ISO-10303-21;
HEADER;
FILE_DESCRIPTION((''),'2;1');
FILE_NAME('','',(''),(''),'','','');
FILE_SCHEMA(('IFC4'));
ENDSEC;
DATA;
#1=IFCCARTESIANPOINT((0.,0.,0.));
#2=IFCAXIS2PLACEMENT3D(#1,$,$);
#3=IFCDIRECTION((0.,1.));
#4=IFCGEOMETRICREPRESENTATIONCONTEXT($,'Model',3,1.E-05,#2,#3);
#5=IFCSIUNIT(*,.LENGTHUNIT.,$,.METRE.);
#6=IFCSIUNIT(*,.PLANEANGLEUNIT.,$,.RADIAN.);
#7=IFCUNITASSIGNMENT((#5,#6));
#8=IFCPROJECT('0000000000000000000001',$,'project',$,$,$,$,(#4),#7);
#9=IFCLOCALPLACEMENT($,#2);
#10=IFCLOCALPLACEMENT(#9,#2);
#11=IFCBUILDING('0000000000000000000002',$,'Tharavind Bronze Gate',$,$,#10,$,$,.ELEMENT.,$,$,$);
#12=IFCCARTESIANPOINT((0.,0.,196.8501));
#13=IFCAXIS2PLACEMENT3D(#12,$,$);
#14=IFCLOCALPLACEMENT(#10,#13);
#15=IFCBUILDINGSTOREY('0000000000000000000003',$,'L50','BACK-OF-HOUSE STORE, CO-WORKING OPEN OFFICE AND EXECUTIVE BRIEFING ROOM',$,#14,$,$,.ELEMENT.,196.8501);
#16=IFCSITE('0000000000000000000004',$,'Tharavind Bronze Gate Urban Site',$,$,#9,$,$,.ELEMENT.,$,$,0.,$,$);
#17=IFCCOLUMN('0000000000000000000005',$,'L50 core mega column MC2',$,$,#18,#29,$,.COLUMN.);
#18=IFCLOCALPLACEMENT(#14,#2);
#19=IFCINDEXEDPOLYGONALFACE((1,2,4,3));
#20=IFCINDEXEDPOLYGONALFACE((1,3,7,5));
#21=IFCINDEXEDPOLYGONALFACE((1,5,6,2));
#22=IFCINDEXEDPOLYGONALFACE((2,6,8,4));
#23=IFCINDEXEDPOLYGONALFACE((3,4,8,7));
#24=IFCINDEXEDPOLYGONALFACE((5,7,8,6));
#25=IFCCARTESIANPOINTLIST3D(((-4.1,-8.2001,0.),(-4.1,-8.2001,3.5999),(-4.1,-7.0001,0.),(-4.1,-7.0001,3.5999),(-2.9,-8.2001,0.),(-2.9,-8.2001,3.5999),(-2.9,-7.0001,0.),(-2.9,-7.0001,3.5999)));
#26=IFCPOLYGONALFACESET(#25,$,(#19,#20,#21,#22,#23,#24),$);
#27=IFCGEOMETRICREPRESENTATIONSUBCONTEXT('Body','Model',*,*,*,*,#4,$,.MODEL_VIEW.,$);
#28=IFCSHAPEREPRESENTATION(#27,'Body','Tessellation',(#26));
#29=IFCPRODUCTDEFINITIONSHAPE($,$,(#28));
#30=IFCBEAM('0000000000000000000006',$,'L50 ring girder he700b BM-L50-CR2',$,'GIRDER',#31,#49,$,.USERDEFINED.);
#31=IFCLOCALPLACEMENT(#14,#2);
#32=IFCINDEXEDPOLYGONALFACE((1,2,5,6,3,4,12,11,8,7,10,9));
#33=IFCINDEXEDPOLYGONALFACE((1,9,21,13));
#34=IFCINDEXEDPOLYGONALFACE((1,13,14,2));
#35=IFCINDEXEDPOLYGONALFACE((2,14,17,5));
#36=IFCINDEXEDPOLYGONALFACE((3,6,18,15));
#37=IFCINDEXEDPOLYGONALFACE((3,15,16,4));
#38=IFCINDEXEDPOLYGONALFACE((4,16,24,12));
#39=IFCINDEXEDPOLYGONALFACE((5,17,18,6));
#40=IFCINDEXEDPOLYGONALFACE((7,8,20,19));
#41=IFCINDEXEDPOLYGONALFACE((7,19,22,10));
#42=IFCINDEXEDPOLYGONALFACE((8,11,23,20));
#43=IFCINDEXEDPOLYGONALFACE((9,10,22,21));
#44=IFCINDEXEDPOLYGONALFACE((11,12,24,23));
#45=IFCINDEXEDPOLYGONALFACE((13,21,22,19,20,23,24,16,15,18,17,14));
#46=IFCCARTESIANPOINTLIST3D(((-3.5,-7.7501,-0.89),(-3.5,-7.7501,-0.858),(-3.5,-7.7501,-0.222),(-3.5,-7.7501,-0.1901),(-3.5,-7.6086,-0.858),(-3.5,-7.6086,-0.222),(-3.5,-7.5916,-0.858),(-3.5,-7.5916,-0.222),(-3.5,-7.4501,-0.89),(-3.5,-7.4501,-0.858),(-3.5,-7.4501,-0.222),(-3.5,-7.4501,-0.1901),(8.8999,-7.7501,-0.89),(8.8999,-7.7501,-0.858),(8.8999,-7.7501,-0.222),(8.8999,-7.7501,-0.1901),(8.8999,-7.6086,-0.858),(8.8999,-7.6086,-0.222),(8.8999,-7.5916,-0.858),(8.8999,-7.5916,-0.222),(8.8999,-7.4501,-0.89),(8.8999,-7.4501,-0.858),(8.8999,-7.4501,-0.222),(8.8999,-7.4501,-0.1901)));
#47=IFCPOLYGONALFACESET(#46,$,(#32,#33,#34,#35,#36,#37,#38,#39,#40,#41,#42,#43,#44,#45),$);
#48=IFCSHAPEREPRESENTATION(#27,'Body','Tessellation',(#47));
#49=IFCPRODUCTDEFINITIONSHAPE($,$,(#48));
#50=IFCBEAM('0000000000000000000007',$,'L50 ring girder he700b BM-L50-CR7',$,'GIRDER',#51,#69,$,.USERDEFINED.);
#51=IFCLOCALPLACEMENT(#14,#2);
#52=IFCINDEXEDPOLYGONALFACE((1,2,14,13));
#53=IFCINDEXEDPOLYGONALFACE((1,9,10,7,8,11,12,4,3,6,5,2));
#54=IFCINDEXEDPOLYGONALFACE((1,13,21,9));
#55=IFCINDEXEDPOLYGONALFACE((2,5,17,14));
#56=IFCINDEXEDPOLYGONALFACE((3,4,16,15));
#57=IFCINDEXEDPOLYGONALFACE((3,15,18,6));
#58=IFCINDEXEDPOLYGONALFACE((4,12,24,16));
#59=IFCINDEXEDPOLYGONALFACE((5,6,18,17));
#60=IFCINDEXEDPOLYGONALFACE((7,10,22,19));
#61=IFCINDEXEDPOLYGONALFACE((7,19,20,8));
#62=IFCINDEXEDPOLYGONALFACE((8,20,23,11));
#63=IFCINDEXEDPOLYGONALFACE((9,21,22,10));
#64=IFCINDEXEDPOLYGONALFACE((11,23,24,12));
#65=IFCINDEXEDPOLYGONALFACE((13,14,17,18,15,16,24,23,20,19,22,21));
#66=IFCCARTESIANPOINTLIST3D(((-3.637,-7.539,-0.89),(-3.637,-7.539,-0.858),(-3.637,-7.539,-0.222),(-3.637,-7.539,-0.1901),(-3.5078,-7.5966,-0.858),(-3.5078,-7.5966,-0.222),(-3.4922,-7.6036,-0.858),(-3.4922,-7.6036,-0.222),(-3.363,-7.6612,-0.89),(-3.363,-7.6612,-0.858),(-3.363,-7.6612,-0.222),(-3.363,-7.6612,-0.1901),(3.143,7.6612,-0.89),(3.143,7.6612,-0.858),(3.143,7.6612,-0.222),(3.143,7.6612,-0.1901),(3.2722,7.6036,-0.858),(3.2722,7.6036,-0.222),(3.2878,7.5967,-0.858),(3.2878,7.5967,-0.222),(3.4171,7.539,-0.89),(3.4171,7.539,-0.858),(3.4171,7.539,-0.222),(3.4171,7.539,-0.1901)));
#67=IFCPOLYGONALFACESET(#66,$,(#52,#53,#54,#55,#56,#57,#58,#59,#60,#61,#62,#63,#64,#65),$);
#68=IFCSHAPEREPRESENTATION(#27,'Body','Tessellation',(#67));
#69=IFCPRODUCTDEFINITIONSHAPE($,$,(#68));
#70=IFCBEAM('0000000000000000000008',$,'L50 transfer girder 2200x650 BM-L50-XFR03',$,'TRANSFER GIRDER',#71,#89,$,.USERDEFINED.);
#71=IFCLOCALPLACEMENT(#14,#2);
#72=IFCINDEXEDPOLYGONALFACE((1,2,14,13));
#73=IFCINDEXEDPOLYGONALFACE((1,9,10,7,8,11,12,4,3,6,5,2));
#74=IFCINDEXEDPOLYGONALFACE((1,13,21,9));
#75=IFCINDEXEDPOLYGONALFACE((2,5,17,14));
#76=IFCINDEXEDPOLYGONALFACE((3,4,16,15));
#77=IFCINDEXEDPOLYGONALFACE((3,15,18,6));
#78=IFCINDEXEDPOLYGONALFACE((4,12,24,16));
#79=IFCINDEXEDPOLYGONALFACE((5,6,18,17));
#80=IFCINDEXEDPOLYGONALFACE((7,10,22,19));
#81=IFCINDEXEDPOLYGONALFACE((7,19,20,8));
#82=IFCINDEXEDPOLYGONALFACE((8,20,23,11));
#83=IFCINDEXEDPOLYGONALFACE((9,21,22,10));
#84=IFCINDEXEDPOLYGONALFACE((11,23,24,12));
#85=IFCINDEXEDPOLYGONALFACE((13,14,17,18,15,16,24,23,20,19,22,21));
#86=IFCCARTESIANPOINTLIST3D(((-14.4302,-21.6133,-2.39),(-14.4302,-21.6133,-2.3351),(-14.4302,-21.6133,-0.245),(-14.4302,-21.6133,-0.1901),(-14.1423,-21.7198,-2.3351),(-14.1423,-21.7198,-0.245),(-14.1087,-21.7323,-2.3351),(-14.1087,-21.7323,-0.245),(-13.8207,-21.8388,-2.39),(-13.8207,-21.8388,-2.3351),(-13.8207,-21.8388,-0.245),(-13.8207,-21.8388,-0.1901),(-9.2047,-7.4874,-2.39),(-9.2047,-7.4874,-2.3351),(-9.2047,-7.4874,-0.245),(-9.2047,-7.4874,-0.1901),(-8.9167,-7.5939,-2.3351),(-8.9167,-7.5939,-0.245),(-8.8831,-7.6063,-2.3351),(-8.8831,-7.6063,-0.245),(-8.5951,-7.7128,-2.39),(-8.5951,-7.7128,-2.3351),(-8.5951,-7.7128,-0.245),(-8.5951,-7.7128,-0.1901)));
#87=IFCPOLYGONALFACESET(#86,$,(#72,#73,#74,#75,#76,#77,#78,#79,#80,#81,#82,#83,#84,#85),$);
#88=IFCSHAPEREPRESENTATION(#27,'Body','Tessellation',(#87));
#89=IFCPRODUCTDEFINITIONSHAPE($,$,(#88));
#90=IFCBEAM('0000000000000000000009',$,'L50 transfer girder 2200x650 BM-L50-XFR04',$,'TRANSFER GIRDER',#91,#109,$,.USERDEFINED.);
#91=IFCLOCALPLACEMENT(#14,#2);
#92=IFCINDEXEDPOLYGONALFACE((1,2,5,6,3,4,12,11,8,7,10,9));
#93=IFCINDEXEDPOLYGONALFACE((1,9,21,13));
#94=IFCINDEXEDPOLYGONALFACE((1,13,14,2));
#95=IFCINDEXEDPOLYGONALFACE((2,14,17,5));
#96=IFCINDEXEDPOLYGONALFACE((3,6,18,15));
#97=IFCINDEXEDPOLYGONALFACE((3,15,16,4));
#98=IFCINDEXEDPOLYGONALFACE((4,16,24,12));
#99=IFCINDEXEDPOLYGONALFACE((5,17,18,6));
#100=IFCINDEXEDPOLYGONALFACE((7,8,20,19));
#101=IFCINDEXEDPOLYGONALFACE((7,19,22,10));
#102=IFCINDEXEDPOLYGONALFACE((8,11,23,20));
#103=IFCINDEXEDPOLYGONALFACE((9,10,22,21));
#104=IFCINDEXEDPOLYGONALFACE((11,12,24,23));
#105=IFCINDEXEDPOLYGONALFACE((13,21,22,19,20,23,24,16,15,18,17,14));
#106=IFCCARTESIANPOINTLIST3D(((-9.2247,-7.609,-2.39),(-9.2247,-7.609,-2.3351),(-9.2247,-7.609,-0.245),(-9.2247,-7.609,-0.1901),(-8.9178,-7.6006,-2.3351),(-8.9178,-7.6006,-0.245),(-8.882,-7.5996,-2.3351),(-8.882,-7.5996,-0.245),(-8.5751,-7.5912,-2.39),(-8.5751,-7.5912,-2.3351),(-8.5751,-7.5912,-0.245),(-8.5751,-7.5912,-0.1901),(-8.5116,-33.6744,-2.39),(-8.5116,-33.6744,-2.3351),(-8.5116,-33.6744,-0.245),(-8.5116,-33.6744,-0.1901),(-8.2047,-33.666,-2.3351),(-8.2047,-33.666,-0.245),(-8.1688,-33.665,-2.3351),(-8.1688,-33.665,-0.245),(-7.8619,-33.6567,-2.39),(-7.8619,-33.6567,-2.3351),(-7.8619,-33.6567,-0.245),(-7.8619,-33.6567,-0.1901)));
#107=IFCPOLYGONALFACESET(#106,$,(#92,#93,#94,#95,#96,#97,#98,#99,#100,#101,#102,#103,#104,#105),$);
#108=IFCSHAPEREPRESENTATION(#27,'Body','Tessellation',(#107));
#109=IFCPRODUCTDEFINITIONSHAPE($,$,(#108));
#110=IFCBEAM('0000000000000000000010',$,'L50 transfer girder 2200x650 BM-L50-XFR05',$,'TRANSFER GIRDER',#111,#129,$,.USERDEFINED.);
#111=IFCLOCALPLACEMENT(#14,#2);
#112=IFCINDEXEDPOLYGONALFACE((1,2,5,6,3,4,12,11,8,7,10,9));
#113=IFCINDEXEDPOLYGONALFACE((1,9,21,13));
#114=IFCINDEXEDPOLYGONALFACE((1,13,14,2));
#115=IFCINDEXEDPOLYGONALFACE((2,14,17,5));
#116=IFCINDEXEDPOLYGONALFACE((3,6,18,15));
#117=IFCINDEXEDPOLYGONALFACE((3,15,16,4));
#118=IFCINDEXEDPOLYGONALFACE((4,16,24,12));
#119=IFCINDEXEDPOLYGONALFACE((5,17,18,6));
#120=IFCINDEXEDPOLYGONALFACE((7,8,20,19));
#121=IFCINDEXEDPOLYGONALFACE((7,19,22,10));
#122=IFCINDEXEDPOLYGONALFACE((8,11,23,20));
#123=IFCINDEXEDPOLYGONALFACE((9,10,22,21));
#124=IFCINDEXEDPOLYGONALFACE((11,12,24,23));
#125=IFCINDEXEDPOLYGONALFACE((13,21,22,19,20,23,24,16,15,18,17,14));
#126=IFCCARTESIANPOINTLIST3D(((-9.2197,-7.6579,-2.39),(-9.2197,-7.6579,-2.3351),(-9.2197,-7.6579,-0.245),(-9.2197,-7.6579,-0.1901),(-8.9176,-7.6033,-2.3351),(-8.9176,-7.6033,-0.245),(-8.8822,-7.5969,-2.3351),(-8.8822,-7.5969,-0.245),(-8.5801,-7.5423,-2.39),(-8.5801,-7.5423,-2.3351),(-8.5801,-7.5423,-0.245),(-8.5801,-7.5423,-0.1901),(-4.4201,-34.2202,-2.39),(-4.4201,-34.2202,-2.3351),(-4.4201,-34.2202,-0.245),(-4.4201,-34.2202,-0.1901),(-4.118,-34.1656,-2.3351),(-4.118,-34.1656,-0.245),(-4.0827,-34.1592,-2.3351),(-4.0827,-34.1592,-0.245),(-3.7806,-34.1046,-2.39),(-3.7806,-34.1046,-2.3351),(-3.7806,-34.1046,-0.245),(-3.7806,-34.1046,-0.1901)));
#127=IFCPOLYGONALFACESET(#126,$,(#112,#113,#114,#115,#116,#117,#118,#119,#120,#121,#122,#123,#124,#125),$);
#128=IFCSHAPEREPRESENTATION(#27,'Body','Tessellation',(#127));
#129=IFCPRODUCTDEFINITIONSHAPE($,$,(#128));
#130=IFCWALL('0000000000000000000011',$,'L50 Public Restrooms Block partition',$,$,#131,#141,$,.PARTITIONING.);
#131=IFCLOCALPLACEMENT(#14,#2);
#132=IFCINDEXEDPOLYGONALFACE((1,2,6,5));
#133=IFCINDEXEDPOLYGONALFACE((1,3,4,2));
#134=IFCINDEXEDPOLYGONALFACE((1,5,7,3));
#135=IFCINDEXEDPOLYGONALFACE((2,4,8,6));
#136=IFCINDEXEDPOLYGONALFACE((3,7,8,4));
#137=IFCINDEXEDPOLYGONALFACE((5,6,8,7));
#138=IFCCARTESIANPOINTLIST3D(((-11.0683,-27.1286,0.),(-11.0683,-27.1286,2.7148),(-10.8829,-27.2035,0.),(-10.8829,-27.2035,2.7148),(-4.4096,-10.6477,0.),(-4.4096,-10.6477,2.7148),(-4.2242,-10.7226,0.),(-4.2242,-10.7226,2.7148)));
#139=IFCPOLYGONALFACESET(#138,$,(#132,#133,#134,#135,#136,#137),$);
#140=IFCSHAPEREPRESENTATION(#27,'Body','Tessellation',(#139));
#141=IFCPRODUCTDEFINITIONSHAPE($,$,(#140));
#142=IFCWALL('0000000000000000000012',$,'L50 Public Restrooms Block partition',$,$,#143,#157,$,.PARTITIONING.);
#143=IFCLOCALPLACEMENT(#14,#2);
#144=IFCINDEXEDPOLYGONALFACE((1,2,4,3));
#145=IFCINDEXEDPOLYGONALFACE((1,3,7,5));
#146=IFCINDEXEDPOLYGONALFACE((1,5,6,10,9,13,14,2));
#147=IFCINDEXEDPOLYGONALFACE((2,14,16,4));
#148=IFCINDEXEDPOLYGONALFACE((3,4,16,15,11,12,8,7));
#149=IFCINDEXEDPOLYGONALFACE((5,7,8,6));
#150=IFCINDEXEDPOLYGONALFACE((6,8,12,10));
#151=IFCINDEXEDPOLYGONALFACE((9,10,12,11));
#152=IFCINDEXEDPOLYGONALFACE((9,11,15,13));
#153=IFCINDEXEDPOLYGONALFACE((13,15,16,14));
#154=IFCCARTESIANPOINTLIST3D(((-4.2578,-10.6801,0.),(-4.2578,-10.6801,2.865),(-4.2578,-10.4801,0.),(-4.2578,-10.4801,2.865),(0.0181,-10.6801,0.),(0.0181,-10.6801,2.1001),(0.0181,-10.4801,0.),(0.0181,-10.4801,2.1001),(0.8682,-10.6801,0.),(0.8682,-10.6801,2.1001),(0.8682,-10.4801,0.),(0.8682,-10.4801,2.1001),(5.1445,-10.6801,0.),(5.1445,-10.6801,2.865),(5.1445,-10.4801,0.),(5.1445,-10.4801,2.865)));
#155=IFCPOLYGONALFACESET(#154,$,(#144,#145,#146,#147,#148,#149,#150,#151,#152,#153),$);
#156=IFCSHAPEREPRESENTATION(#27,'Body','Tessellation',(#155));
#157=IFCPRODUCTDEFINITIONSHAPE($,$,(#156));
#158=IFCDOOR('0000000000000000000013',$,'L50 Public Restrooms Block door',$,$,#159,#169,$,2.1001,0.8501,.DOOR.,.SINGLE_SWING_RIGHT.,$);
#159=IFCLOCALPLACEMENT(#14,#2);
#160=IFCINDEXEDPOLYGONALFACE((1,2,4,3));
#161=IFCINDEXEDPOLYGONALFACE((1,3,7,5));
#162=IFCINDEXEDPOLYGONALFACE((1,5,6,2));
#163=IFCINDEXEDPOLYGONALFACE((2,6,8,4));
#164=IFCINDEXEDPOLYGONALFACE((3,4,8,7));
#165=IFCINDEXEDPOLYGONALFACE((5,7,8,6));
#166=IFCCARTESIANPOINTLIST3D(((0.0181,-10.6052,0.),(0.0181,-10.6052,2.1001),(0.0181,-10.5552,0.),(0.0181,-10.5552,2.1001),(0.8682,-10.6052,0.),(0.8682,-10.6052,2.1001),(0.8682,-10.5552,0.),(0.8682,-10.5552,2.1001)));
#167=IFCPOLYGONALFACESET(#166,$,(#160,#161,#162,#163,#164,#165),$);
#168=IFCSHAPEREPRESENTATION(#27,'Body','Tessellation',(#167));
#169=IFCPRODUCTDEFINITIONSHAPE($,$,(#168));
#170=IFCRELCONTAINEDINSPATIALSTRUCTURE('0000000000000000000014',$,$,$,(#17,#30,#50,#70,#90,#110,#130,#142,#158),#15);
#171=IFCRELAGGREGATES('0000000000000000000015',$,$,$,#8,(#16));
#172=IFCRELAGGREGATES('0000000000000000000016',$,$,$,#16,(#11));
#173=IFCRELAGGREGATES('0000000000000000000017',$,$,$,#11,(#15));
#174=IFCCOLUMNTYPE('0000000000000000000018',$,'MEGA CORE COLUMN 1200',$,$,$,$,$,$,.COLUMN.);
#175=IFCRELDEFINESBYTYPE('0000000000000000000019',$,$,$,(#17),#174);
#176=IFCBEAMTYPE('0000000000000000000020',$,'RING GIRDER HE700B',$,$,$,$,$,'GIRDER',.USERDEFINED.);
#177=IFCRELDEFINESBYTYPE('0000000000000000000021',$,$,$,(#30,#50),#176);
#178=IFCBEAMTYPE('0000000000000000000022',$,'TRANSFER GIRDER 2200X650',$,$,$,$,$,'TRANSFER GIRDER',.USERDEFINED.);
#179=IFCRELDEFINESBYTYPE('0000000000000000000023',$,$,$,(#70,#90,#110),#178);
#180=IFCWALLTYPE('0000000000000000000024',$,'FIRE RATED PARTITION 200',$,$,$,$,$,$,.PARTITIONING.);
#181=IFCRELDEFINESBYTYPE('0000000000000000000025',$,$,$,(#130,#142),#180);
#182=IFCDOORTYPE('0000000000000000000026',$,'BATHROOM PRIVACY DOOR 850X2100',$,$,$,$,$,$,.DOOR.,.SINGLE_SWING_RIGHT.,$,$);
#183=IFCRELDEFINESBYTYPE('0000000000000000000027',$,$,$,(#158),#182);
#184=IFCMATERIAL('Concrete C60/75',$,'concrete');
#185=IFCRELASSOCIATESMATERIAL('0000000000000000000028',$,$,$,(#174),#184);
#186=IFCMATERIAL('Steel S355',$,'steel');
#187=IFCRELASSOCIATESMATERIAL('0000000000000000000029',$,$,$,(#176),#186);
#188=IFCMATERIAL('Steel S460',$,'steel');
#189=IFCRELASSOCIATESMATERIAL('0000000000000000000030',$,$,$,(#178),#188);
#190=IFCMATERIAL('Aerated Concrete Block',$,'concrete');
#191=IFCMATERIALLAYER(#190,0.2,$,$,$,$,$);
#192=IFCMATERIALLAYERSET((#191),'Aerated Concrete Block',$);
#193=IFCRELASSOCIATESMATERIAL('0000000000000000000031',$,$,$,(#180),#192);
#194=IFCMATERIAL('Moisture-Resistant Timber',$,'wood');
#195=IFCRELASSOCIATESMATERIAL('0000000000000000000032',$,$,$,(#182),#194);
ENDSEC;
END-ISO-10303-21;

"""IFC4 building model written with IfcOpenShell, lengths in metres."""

from ifc_helpers import new_model, si_unit, direction, frame, frame_2d, origin, origin_2d, place, context, subcontext, project, spatial, rectangle, i_section, extrude, material, layer, layer_set, material_profile, profile_set, type_object, element, fill, save


model = new_model("IFC4")

# Units and contexts
model_context = context("Model", 3, precision=1e-05, world=origin(), true_north=direction((0.0, 1.0)))
body_context = subcontext(model_context, "Body", "Model", "MODEL_VIEW")
ifc_project = project(units=[si_unit("LENGTHUNIT", "METRE"), si_unit("PLANEANGLEUNIT", "RADIAN")], contexts=[model_context])

# Site, building, storey
site_placement = place(None, origin())
site = spatial("IfcSite", under=ifc_project, at=site_placement, Name="Tharavind Bronze Gate Urban Site", CompositionType="ELEMENT", RefElevation=0.0)
building_placement = place(site_placement, origin())
building = spatial("IfcBuilding", under=site, at=building_placement, Name="Tharavind Bronze Gate", CompositionType="ELEMENT")
storey_placement = place(building_placement, frame((0.0, 0.0, 196.8501)))
storey = spatial("IfcBuildingStorey", under=building, at=storey_placement, Name="L50", Description="BACK-OF-HOUSE STORE, CO-WORKING OPEN OFFICE AND EXECUTIVE BRIEFING ROOM", CompositionType="ELEMENT", Elevation=196.8501)

# Column
ifc_material_1 = material(Name="Concrete C60/75", Category="concrete")
ifc_material_profile_1 = material_profile(ifc_material_1, rectangle(XDim=1.2, YDim=1.2, at=origin_2d()), Name="RCCOL1200")
ifc_profile_set_1 = profile_set([ifc_material_profile_1], Name="Concrete C60/75")
column_type = type_object("IfcColumnType", Name="MEGA CORE COLUMN 1200", PredefinedType="COLUMN", material=ifc_profile_set_1)
column_placement = place(storey_placement, frame((-3.5, -7.6001, 0.0), z_axis=(0.0, 0.0, 1.0), x_axis=(1.0, 0.0, 0.0)))
element("IfcColumn", 1, at=column_placement, inside=storey, type_object=column_type, Name="L50 core mega column MC2", PredefinedType="COLUMN", context=body_context, shape_type="SweptSolid", body=[
    extrude(rectangle(XDim=1.2, YDim=1.2, at=origin_2d()), origin(), (0.0, 0.0, 1.0), 3.5999),
])

# Beams
ifc_material_2 = material(Name="Steel S355", Category="steel")
ifc_material_profile_2 = material_profile(ifc_material_2, i_section(OverallWidth=0.3, OverallDepth=0.7, WebThickness=0.0171, FlangeThickness=0.032, at=origin_2d()), Name="HE700B")
ifc_profile_set_2 = profile_set([ifc_material_profile_2], Name="Steel S355")
beam_type_1 = type_object("IfcBeamType", Name="RING GIRDER HE700B", ElementType="GIRDER", PredefinedType="USERDEFINED", material=ifc_profile_set_2)
beam_1_placement = place(storey_placement, frame((-3.5, -7.6001, -0.54), z_axis=(1.0, 0.0, 0.0), x_axis=(0.0, 1.0, 0.0)))
element("IfcBeam", 2, at=beam_1_placement, inside=storey, type_object=beam_type_1, Name="L50 ring girder he700b BM-L50-CR2", ObjectType="GIRDER", PredefinedType="USERDEFINED", context=body_context, shape_type="SweptSolid", body=[
    extrude(i_section(OverallWidth=0.3, OverallDepth=0.7, WebThickness=0.0171, FlangeThickness=0.032, at=origin_2d()), origin(), (0.0, 0.0, 1.0), 12.3999),
])
beam_2_placement = place(storey_placement, frame((-3.5, -7.6001, -0.54), z_axis=(0.407362, 0.913267, 0.0), x_axis=(-0.913267, 0.407362, 0.0)))
element("IfcBeam", 3, at=beam_2_placement, inside=storey, type_object=beam_type_1, Name="L50 ring girder he700b BM-L50-CR7", ObjectType="GIRDER", PredefinedType="USERDEFINED", context=body_context, shape_type="SweptSolid", body=[
    extrude(i_section(OverallWidth=0.3, OverallDepth=0.7, WebThickness=0.0171, FlangeThickness=0.032, at=origin_2d()), origin(), (0.0, 0.0, 1.0), 16.6438),
])
ifc_material_3 = material(Name="Steel S460", Category="steel")
ifc_material_profile_3 = material_profile(ifc_material_3, i_section(OverallWidth=0.6499, OverallDepth=2.2, WebThickness=0.0359, FlangeThickness=0.0549, at=origin_2d()), Name="PG2200X650")
ifc_profile_set_3 = profile_set([ifc_material_profile_3], Name="Steel S460")
beam_type_2 = type_object("IfcBeamType", Name="TRANSFER GIRDER 2200X650", ElementType="TRANSFER GIRDER", PredefinedType="USERDEFINED", material=ifc_profile_set_3)
beam_3_placement = place(storey_placement, frame((-8.8999, -7.6001, -1.29), z_axis=(-0.346949, -0.937884, 0.0), x_axis=(0.937884, -0.346949, 0.0)))
element("IfcBeam", 4, at=beam_3_placement, inside=storey, type_object=beam_type_2, Name="L50 transfer girder 2200x650 BM-L50-XFR03", ObjectType="TRANSFER GIRDER", PredefinedType="USERDEFINED", context=body_context, shape_type="SweptSolid", body=[
    extrude(i_section(OverallWidth=0.6499, OverallDepth=2.2, WebThickness=0.0359, FlangeThickness=0.0549, at=origin_2d()), origin(), (0.0, 0.0, 1.0), 15.0615),
])
beam_4_placement = place(storey_placement, frame((-8.8999, -7.6001, -1.29), z_axis=(0.027349, -0.999626, 0.0), x_axis=(0.999626, 0.027349, 0.0)))
element("IfcBeam", 5, at=beam_4_placement, inside=storey, type_object=beam_type_2, Name="L50 transfer girder 2200x650 BM-L50-XFR04", ObjectType="TRANSFER GIRDER", PredefinedType="USERDEFINED", context=body_context, shape_type="SweptSolid", body=[
    extrude(i_section(OverallWidth=0.6499, OverallDepth=2.2, WebThickness=0.0359, FlangeThickness=0.0549, at=origin_2d()), origin(), (0.0, 0.0, 1.0), 26.0752),
])
beam_5_placement = place(storey_placement, frame((-8.8999, -7.6001, -1.29), z_axis=(0.177812, -0.984065, 0.0), x_axis=(0.984065, 0.177812, 0.0)))
element("IfcBeam", 6, at=beam_5_placement, inside=storey, type_object=beam_type_2, Name="L50 transfer girder 2200x650 BM-L50-XFR05", ObjectType="TRANSFER GIRDER", PredefinedType="USERDEFINED", context=body_context, shape_type="SweptSolid", body=[
    extrude(i_section(OverallWidth=0.6499, OverallDepth=2.2, WebThickness=0.0359, FlangeThickness=0.0549, at=origin_2d()), origin(), (0.0, 0.0, 1.0), 26.9924),
])

# Wall
ifc_material_4 = material(Name="Aerated Concrete Block", Category="concrete")
ifc_layer_1 = layer(ifc_material_4, 0.2)
ifc_layer_set_1 = layer_set([ifc_layer_1], Name="Aerated Concrete Block")
wall_type_1 = type_object("IfcWallType", Name="FIRE RATED PARTITION 200", PredefinedType="PARTITIONING", material=ifc_layer_set_1)
wall_1_placement = place(storey_placement, frame((-4.3169, -10.6851, 0.0), z_axis=(0.0, 0.0, 1.0), x_axis=(-0.374604, -0.927185, 0.0)))
element("IfcWall", 7, at=wall_1_placement, inside=storey, type_object=wall_type_1, Name="L50 Public Restrooms Block partition", PredefinedType="PARTITIONING", context=body_context, shape_type="SweptSolid", body=[
    extrude(rectangle(XDim=17.7751, YDim=0.2, at=frame_2d((8.8877, 0.0))), origin(), (0.0, 0.0, 1.0), 2.7148),
])

# Wall, opening, door
wall_2_placement = place(storey_placement, frame((-4.2578, -10.5801, 0.0), z_axis=(0.0, 0.0, 1.0), x_axis=(1.0, 0.0, 0.0)))
wall_2 = element("IfcWall", 8, at=wall_2_placement, inside=storey, type_object=wall_type_1, Name="L50 Public Restrooms Block partition", PredefinedType="PARTITIONING", context=body_context, shape_type="SweptSolid", body=[
    extrude(rectangle(XDim=9.4023, YDim=0.2, at=frame_2d((4.7012, 0.0))), origin(), (0.0, 0.0, 1.0), 2.865),
])
opening_1_placement = place(wall_2_placement, frame((4.2759, 0.0, 0.0)))
opening_1 = element("IfcOpeningElement", 9, at=opening_1_placement, cuts=wall_2, PredefinedType="OPENING", context=body_context, shape_type="SweptSolid", body=[
    extrude(rectangle(XDim=0.8501, YDim=2.1001, at=frame_2d((0.425, 1.05))), frame((0.0, 0.1101, 0.0), z_axis=(0.0, -1.0, 0.0), x_axis=(1.0, 0.0, 0.0)), (0.0, 0.0, 1.0), 0.22),
])
ifc_material_5 = material(Name="Moisture-Resistant Timber", Category="wood")
door_type_1 = type_object("IfcDoorType", Name="BATHROOM PRIVACY DOOR 850X2100", OperationType="SINGLE_SWING_RIGHT", PredefinedType="DOOR", material=ifc_material_5)
door_1_placement = place(opening_1_placement, origin())
door_1 = element("IfcDoor", 10, at=door_1_placement, inside=storey, type_object=door_type_1, Name="L50 Public Restrooms Block door", OperationType="SINGLE_SWING_RIGHT", OverallHeight=2.1001, OverallWidth=0.8501, PredefinedType="DOOR", context=body_context, shape_type="SweptSolid", body=[
    extrude(rectangle(XDim=0.8501, YDim=2.1001, at=frame_2d((0.425, 1.05))), frame((0.0, 0.0249, 0.0), z_axis=(0.0, -1.0, 0.0), x_axis=(1.0, 0.0, 0.0)), (0.0, 0.0, 1.0), 0.05),
])
fill(opening_1, door_1)

save(model, "model.ifc")
